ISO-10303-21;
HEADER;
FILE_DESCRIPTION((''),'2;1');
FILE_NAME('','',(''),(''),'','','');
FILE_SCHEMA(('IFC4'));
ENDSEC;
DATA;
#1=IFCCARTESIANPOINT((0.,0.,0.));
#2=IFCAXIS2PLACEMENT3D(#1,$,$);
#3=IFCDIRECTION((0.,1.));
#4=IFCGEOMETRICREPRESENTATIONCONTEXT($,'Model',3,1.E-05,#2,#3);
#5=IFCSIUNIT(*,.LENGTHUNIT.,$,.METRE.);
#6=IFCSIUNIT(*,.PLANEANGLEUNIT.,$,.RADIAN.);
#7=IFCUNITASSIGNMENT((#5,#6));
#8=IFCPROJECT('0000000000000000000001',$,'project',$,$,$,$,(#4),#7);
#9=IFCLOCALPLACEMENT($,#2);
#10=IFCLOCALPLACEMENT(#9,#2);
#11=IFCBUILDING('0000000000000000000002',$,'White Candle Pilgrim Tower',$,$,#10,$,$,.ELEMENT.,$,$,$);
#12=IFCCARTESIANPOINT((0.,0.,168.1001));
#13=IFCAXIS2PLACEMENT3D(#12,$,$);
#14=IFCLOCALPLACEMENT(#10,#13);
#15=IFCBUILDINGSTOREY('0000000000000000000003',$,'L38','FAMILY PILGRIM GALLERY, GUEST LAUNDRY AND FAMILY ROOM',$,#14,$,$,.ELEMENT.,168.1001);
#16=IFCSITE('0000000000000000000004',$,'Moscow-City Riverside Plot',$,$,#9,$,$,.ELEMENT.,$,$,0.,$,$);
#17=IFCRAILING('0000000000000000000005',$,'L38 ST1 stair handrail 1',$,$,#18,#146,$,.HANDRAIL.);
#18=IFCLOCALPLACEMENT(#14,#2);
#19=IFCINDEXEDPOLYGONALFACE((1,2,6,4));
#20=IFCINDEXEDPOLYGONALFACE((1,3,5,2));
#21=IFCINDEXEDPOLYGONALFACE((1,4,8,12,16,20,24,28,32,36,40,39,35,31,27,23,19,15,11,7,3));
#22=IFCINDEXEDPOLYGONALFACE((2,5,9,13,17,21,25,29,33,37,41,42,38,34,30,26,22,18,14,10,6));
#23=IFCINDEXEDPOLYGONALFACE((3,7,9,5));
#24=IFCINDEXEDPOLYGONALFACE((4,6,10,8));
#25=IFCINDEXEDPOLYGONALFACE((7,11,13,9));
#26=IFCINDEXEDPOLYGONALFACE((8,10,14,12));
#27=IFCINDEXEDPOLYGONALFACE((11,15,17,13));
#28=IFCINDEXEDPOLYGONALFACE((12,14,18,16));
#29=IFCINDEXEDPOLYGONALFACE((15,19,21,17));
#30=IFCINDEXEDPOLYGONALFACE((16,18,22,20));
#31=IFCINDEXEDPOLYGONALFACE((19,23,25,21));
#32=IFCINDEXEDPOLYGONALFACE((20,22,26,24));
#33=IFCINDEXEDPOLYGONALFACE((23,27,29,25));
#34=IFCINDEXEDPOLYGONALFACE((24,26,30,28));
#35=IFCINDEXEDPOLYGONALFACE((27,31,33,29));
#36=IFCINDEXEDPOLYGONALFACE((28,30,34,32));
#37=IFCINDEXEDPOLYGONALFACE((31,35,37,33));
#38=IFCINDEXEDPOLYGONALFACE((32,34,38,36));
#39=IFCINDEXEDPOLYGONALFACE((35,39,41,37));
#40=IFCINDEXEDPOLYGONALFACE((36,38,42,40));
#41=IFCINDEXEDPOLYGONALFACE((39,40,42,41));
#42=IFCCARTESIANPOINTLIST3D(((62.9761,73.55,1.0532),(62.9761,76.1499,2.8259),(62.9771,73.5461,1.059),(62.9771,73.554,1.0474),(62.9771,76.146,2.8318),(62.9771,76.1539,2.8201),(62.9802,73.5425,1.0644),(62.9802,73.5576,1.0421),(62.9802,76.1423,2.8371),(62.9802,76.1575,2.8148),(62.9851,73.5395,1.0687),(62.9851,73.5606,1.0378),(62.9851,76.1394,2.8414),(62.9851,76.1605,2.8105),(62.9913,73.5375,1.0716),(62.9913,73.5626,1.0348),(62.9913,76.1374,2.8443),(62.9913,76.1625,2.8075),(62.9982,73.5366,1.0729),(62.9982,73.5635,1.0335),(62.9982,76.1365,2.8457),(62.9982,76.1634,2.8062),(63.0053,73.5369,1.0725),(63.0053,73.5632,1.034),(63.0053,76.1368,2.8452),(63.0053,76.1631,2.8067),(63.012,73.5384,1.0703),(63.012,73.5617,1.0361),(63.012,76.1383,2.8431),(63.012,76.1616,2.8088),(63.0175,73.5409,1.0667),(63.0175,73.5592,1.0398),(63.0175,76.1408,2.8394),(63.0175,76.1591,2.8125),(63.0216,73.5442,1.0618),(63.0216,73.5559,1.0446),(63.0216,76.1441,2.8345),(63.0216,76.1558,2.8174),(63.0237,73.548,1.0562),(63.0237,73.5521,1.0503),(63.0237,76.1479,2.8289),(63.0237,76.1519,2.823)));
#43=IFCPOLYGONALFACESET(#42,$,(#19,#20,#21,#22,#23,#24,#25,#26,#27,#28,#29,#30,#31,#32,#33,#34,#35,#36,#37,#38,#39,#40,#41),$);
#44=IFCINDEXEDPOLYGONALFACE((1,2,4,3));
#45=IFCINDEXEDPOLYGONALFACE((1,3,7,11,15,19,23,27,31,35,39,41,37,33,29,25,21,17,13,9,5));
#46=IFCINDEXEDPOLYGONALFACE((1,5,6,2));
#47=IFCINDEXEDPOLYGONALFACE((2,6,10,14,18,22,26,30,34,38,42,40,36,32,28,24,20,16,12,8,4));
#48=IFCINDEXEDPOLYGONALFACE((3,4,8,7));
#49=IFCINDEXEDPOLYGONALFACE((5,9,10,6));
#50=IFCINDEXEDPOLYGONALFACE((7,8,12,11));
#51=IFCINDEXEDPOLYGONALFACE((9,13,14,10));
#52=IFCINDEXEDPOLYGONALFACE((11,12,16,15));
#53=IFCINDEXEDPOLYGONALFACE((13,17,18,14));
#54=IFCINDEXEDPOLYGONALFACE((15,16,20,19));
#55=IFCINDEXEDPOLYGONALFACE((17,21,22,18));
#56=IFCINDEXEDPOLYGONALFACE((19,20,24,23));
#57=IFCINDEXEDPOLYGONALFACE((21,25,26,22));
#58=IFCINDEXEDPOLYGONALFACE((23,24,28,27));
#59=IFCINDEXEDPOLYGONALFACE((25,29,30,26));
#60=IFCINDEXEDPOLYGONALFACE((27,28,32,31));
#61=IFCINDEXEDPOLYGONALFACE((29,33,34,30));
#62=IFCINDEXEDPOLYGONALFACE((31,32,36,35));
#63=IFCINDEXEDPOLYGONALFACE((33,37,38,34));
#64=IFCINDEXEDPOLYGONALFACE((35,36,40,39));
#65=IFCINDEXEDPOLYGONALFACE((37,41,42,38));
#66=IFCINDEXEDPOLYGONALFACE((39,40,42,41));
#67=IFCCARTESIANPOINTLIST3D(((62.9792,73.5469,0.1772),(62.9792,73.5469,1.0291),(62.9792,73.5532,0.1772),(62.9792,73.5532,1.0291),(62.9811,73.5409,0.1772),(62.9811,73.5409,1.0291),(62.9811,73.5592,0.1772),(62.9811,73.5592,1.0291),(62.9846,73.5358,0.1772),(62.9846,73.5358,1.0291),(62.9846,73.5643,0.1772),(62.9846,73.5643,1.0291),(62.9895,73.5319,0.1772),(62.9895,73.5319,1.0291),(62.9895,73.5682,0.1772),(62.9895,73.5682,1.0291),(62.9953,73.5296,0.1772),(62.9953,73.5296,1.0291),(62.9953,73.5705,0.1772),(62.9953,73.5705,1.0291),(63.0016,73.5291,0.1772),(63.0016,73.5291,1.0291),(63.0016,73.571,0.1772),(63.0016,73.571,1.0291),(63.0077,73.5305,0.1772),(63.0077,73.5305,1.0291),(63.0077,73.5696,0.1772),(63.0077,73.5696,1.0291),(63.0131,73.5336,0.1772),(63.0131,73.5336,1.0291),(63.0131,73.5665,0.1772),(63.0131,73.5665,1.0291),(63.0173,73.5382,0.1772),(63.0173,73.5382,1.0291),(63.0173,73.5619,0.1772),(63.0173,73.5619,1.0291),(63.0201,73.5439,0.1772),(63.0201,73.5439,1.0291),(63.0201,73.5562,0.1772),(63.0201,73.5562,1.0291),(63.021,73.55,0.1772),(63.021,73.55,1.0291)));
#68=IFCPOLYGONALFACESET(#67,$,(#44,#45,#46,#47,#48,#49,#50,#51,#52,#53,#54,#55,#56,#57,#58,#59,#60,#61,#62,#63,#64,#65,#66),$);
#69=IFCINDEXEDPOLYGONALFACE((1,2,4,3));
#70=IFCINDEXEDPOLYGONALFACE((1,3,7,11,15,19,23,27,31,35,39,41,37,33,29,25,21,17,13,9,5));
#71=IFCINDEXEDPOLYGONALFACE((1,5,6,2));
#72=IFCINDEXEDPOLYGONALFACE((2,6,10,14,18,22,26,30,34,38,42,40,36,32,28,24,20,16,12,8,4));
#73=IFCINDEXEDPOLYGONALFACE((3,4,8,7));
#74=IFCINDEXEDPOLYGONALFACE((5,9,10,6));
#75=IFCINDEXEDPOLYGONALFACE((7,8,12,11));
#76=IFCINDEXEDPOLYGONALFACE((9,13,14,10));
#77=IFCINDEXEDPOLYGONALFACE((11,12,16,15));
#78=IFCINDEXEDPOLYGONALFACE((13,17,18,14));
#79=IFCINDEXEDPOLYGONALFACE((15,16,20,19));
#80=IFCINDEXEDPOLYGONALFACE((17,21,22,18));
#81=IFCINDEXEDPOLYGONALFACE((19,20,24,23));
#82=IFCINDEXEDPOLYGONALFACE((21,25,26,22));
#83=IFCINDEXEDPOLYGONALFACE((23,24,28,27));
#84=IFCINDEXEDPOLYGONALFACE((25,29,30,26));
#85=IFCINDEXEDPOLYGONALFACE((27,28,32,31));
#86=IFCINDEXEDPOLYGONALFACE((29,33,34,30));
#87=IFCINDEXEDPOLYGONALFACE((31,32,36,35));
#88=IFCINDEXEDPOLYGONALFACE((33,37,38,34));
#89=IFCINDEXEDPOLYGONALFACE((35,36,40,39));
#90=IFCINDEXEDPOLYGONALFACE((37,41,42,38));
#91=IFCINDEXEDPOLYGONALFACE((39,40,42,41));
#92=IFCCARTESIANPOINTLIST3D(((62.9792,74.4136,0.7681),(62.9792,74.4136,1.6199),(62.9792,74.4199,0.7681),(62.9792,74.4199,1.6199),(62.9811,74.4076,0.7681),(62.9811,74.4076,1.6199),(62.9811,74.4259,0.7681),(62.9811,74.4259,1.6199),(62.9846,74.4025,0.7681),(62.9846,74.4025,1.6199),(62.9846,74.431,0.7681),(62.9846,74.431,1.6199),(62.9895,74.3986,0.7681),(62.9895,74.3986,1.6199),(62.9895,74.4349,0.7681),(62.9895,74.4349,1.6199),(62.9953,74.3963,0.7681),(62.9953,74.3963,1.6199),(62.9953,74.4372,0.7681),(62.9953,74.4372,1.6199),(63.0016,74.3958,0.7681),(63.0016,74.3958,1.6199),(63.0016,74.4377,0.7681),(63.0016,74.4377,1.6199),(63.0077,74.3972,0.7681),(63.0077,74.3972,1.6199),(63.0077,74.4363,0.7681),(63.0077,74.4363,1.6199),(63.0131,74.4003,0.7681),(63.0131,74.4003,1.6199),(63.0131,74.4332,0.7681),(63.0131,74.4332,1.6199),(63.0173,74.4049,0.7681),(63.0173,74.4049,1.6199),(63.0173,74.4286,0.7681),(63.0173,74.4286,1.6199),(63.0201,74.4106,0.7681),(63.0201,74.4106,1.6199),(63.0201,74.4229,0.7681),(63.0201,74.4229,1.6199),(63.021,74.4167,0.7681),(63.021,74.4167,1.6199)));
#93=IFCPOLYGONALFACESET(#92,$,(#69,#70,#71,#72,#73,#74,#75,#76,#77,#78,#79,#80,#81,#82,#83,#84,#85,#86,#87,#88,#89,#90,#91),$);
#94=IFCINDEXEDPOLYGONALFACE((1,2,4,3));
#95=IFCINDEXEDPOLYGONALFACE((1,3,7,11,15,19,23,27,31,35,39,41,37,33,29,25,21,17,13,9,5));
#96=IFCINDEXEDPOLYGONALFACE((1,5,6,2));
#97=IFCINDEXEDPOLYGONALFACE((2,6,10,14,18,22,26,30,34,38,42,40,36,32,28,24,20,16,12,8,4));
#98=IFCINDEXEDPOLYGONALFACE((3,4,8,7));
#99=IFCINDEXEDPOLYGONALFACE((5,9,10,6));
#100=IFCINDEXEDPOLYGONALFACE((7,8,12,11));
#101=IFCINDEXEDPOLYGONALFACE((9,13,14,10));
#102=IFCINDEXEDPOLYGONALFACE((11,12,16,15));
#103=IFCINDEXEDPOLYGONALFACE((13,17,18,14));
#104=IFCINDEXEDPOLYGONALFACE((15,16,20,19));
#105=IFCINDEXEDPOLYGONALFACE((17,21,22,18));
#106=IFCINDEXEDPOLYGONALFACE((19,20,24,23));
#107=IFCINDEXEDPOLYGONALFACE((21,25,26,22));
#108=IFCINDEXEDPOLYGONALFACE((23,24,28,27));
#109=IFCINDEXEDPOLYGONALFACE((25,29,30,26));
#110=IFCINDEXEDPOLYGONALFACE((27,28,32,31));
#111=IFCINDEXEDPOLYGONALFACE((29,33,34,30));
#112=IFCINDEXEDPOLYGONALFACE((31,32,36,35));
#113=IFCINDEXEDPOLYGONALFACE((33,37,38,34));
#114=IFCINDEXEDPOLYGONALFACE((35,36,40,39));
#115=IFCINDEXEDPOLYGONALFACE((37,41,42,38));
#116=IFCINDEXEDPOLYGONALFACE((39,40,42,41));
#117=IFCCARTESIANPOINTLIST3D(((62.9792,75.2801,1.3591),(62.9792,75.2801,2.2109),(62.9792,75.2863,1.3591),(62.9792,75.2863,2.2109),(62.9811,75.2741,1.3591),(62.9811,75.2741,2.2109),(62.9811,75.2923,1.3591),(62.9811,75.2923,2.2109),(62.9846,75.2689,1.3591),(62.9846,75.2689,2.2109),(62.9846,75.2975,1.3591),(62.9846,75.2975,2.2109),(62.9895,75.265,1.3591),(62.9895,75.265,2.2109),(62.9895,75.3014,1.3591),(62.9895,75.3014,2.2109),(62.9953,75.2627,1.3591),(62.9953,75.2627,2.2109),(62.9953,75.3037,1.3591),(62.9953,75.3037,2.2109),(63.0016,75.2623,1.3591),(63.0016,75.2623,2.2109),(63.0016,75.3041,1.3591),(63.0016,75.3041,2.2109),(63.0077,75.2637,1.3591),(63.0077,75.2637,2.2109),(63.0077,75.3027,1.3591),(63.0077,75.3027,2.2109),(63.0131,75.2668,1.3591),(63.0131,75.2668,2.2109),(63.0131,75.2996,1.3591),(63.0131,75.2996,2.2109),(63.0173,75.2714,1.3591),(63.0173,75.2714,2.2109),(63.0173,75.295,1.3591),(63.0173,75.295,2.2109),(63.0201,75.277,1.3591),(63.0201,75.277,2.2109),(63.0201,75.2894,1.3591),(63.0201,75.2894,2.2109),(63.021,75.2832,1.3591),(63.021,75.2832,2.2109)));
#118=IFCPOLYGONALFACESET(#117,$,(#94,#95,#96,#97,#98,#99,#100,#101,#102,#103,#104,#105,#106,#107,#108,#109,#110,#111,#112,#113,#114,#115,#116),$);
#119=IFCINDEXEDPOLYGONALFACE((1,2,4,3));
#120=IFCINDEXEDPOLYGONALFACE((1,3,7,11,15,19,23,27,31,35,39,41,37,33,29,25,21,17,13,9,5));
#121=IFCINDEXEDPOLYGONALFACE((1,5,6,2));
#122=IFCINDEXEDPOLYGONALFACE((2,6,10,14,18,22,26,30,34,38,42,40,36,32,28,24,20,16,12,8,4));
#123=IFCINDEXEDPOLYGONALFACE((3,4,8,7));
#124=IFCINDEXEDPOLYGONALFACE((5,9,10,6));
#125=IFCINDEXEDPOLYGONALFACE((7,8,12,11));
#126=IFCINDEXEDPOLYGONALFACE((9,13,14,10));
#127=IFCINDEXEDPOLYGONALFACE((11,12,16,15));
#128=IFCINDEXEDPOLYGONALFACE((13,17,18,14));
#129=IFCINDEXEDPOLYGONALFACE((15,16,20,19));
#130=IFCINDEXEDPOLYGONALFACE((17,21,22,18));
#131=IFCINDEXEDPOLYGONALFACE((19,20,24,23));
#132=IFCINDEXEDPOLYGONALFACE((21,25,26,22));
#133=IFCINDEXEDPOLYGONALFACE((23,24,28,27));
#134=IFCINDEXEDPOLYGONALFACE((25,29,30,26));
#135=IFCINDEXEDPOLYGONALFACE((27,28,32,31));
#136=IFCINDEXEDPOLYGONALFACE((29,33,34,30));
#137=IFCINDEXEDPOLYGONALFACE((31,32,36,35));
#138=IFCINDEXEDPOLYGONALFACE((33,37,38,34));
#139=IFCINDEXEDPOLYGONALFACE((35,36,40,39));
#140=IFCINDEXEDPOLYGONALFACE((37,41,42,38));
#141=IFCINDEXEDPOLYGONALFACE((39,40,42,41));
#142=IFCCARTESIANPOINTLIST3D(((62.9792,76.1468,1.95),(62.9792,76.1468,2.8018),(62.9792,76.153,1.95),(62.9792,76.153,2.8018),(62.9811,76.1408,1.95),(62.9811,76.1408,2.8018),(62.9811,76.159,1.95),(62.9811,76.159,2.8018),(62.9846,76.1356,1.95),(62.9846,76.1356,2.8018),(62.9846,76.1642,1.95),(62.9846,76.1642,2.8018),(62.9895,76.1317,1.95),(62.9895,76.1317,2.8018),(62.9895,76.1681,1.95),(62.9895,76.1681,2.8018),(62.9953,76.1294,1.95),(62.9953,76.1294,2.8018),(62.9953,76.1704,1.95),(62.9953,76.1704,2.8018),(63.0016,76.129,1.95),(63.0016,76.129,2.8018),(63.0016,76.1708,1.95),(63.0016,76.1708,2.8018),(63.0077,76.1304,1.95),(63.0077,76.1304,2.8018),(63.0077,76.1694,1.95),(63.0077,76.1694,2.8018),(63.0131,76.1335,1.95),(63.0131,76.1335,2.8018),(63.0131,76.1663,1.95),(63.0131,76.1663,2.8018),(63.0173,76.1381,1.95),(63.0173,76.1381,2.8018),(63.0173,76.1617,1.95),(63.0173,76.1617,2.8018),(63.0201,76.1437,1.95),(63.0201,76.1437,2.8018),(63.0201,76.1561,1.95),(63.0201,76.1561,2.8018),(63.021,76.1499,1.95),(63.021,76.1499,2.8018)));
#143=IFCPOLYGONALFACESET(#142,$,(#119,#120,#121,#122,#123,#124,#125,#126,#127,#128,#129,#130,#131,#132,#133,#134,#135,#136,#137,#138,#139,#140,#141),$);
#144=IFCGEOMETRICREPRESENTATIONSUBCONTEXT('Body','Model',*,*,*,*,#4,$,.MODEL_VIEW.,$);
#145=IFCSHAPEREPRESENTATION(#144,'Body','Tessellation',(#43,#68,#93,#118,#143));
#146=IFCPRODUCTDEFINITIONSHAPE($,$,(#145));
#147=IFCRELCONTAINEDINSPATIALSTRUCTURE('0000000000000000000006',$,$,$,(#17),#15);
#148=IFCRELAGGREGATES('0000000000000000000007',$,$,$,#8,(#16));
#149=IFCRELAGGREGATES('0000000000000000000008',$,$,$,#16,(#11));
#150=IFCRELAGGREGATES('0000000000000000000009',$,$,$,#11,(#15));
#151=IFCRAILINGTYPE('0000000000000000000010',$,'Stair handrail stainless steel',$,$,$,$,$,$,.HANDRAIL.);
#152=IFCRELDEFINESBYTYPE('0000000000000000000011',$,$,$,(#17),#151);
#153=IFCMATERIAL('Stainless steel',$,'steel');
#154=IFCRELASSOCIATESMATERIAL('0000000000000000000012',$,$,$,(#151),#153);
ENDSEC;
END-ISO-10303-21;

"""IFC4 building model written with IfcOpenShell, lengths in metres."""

from ifc_helpers import new_model, si_unit, direction, frame, origin, origin_2d, place, context, subcontext, project, spatial, circle, extrude, material, type_object, element, save


model = new_model("IFC4")

# Units and contexts
model_context = context("Model", 3, precision=1e-05, world=origin(), true_north=direction((0.0, 1.0)))
body_context = subcontext(model_context, "Body", "Model", "MODEL_VIEW")
ifc_project = project(units=[si_unit("LENGTHUNIT", "METRE"), si_unit("PLANEANGLEUNIT", "RADIAN")], contexts=[model_context])

# Site, building, storey
site_placement = place(None, origin())
site = spatial("IfcSite", under=ifc_project, at=site_placement, Name="Moscow-City Riverside Plot", CompositionType="ELEMENT", RefElevation=0.0)
building_placement = place(site_placement, origin())
building = spatial("IfcBuilding", under=site, at=building_placement, Name="White Candle Pilgrim Tower", CompositionType="ELEMENT")
storey_placement = place(building_placement, frame((0.0, 0.0, 168.1001)))
storey = spatial("IfcBuildingStorey", under=building, at=storey_placement, Name="L38", Description="FAMILY PILGRIM GALLERY, GUEST LAUNDRY AND FAMILY ROOM", CompositionType="ELEMENT", Elevation=168.1001)

# Railing
ifc_material_1 = material(Name="Stainless steel", Category="steel")
railing_type_1 = type_object("IfcRailingType", Name="Stair handrail stainless steel", PredefinedType="HANDRAIL", material=ifc_material_1)
railing_1_placement = place(storey_placement, frame((63.0, 73.55, 0.1772)))
element("IfcRailing", 1, at=railing_1_placement, inside=storey, type_object=railing_type_1, Name="L38 ST1 stair handrail 1", PredefinedType="HANDRAIL", context=body_context, shape_type="SweptSolid", body=[
    extrude(circle(Radius=0.0239, at=origin_2d()), frame((0.0, 0.0, 0.876), z_axis=(0.0, 0.826216, 0.563354), x_axis=(-1.0, 0.0, 0.0)), (0.0, 0.0, 1.0), 3.1467),
    extrude(circle(Radius=0.021, at=origin_2d()), origin(), (0.0, 0.0, 1.0), 0.8518),
    extrude(circle(Radius=0.021, at=origin_2d()), frame((0.0, 0.8667, 0.5908)), (0.0, 0.0, 1.0), 0.8518),
    extrude(circle(Radius=0.021, at=origin_2d()), frame((0.0, 1.7332, 1.1819)), (0.0, 0.0, 1.0), 0.8518),
    extrude(circle(Radius=0.021, at=origin_2d()), frame((0.0, 2.5999, 1.7727)), (0.0, 0.0, 1.0), 0.8518),
])

save(model, "model.ifc")
